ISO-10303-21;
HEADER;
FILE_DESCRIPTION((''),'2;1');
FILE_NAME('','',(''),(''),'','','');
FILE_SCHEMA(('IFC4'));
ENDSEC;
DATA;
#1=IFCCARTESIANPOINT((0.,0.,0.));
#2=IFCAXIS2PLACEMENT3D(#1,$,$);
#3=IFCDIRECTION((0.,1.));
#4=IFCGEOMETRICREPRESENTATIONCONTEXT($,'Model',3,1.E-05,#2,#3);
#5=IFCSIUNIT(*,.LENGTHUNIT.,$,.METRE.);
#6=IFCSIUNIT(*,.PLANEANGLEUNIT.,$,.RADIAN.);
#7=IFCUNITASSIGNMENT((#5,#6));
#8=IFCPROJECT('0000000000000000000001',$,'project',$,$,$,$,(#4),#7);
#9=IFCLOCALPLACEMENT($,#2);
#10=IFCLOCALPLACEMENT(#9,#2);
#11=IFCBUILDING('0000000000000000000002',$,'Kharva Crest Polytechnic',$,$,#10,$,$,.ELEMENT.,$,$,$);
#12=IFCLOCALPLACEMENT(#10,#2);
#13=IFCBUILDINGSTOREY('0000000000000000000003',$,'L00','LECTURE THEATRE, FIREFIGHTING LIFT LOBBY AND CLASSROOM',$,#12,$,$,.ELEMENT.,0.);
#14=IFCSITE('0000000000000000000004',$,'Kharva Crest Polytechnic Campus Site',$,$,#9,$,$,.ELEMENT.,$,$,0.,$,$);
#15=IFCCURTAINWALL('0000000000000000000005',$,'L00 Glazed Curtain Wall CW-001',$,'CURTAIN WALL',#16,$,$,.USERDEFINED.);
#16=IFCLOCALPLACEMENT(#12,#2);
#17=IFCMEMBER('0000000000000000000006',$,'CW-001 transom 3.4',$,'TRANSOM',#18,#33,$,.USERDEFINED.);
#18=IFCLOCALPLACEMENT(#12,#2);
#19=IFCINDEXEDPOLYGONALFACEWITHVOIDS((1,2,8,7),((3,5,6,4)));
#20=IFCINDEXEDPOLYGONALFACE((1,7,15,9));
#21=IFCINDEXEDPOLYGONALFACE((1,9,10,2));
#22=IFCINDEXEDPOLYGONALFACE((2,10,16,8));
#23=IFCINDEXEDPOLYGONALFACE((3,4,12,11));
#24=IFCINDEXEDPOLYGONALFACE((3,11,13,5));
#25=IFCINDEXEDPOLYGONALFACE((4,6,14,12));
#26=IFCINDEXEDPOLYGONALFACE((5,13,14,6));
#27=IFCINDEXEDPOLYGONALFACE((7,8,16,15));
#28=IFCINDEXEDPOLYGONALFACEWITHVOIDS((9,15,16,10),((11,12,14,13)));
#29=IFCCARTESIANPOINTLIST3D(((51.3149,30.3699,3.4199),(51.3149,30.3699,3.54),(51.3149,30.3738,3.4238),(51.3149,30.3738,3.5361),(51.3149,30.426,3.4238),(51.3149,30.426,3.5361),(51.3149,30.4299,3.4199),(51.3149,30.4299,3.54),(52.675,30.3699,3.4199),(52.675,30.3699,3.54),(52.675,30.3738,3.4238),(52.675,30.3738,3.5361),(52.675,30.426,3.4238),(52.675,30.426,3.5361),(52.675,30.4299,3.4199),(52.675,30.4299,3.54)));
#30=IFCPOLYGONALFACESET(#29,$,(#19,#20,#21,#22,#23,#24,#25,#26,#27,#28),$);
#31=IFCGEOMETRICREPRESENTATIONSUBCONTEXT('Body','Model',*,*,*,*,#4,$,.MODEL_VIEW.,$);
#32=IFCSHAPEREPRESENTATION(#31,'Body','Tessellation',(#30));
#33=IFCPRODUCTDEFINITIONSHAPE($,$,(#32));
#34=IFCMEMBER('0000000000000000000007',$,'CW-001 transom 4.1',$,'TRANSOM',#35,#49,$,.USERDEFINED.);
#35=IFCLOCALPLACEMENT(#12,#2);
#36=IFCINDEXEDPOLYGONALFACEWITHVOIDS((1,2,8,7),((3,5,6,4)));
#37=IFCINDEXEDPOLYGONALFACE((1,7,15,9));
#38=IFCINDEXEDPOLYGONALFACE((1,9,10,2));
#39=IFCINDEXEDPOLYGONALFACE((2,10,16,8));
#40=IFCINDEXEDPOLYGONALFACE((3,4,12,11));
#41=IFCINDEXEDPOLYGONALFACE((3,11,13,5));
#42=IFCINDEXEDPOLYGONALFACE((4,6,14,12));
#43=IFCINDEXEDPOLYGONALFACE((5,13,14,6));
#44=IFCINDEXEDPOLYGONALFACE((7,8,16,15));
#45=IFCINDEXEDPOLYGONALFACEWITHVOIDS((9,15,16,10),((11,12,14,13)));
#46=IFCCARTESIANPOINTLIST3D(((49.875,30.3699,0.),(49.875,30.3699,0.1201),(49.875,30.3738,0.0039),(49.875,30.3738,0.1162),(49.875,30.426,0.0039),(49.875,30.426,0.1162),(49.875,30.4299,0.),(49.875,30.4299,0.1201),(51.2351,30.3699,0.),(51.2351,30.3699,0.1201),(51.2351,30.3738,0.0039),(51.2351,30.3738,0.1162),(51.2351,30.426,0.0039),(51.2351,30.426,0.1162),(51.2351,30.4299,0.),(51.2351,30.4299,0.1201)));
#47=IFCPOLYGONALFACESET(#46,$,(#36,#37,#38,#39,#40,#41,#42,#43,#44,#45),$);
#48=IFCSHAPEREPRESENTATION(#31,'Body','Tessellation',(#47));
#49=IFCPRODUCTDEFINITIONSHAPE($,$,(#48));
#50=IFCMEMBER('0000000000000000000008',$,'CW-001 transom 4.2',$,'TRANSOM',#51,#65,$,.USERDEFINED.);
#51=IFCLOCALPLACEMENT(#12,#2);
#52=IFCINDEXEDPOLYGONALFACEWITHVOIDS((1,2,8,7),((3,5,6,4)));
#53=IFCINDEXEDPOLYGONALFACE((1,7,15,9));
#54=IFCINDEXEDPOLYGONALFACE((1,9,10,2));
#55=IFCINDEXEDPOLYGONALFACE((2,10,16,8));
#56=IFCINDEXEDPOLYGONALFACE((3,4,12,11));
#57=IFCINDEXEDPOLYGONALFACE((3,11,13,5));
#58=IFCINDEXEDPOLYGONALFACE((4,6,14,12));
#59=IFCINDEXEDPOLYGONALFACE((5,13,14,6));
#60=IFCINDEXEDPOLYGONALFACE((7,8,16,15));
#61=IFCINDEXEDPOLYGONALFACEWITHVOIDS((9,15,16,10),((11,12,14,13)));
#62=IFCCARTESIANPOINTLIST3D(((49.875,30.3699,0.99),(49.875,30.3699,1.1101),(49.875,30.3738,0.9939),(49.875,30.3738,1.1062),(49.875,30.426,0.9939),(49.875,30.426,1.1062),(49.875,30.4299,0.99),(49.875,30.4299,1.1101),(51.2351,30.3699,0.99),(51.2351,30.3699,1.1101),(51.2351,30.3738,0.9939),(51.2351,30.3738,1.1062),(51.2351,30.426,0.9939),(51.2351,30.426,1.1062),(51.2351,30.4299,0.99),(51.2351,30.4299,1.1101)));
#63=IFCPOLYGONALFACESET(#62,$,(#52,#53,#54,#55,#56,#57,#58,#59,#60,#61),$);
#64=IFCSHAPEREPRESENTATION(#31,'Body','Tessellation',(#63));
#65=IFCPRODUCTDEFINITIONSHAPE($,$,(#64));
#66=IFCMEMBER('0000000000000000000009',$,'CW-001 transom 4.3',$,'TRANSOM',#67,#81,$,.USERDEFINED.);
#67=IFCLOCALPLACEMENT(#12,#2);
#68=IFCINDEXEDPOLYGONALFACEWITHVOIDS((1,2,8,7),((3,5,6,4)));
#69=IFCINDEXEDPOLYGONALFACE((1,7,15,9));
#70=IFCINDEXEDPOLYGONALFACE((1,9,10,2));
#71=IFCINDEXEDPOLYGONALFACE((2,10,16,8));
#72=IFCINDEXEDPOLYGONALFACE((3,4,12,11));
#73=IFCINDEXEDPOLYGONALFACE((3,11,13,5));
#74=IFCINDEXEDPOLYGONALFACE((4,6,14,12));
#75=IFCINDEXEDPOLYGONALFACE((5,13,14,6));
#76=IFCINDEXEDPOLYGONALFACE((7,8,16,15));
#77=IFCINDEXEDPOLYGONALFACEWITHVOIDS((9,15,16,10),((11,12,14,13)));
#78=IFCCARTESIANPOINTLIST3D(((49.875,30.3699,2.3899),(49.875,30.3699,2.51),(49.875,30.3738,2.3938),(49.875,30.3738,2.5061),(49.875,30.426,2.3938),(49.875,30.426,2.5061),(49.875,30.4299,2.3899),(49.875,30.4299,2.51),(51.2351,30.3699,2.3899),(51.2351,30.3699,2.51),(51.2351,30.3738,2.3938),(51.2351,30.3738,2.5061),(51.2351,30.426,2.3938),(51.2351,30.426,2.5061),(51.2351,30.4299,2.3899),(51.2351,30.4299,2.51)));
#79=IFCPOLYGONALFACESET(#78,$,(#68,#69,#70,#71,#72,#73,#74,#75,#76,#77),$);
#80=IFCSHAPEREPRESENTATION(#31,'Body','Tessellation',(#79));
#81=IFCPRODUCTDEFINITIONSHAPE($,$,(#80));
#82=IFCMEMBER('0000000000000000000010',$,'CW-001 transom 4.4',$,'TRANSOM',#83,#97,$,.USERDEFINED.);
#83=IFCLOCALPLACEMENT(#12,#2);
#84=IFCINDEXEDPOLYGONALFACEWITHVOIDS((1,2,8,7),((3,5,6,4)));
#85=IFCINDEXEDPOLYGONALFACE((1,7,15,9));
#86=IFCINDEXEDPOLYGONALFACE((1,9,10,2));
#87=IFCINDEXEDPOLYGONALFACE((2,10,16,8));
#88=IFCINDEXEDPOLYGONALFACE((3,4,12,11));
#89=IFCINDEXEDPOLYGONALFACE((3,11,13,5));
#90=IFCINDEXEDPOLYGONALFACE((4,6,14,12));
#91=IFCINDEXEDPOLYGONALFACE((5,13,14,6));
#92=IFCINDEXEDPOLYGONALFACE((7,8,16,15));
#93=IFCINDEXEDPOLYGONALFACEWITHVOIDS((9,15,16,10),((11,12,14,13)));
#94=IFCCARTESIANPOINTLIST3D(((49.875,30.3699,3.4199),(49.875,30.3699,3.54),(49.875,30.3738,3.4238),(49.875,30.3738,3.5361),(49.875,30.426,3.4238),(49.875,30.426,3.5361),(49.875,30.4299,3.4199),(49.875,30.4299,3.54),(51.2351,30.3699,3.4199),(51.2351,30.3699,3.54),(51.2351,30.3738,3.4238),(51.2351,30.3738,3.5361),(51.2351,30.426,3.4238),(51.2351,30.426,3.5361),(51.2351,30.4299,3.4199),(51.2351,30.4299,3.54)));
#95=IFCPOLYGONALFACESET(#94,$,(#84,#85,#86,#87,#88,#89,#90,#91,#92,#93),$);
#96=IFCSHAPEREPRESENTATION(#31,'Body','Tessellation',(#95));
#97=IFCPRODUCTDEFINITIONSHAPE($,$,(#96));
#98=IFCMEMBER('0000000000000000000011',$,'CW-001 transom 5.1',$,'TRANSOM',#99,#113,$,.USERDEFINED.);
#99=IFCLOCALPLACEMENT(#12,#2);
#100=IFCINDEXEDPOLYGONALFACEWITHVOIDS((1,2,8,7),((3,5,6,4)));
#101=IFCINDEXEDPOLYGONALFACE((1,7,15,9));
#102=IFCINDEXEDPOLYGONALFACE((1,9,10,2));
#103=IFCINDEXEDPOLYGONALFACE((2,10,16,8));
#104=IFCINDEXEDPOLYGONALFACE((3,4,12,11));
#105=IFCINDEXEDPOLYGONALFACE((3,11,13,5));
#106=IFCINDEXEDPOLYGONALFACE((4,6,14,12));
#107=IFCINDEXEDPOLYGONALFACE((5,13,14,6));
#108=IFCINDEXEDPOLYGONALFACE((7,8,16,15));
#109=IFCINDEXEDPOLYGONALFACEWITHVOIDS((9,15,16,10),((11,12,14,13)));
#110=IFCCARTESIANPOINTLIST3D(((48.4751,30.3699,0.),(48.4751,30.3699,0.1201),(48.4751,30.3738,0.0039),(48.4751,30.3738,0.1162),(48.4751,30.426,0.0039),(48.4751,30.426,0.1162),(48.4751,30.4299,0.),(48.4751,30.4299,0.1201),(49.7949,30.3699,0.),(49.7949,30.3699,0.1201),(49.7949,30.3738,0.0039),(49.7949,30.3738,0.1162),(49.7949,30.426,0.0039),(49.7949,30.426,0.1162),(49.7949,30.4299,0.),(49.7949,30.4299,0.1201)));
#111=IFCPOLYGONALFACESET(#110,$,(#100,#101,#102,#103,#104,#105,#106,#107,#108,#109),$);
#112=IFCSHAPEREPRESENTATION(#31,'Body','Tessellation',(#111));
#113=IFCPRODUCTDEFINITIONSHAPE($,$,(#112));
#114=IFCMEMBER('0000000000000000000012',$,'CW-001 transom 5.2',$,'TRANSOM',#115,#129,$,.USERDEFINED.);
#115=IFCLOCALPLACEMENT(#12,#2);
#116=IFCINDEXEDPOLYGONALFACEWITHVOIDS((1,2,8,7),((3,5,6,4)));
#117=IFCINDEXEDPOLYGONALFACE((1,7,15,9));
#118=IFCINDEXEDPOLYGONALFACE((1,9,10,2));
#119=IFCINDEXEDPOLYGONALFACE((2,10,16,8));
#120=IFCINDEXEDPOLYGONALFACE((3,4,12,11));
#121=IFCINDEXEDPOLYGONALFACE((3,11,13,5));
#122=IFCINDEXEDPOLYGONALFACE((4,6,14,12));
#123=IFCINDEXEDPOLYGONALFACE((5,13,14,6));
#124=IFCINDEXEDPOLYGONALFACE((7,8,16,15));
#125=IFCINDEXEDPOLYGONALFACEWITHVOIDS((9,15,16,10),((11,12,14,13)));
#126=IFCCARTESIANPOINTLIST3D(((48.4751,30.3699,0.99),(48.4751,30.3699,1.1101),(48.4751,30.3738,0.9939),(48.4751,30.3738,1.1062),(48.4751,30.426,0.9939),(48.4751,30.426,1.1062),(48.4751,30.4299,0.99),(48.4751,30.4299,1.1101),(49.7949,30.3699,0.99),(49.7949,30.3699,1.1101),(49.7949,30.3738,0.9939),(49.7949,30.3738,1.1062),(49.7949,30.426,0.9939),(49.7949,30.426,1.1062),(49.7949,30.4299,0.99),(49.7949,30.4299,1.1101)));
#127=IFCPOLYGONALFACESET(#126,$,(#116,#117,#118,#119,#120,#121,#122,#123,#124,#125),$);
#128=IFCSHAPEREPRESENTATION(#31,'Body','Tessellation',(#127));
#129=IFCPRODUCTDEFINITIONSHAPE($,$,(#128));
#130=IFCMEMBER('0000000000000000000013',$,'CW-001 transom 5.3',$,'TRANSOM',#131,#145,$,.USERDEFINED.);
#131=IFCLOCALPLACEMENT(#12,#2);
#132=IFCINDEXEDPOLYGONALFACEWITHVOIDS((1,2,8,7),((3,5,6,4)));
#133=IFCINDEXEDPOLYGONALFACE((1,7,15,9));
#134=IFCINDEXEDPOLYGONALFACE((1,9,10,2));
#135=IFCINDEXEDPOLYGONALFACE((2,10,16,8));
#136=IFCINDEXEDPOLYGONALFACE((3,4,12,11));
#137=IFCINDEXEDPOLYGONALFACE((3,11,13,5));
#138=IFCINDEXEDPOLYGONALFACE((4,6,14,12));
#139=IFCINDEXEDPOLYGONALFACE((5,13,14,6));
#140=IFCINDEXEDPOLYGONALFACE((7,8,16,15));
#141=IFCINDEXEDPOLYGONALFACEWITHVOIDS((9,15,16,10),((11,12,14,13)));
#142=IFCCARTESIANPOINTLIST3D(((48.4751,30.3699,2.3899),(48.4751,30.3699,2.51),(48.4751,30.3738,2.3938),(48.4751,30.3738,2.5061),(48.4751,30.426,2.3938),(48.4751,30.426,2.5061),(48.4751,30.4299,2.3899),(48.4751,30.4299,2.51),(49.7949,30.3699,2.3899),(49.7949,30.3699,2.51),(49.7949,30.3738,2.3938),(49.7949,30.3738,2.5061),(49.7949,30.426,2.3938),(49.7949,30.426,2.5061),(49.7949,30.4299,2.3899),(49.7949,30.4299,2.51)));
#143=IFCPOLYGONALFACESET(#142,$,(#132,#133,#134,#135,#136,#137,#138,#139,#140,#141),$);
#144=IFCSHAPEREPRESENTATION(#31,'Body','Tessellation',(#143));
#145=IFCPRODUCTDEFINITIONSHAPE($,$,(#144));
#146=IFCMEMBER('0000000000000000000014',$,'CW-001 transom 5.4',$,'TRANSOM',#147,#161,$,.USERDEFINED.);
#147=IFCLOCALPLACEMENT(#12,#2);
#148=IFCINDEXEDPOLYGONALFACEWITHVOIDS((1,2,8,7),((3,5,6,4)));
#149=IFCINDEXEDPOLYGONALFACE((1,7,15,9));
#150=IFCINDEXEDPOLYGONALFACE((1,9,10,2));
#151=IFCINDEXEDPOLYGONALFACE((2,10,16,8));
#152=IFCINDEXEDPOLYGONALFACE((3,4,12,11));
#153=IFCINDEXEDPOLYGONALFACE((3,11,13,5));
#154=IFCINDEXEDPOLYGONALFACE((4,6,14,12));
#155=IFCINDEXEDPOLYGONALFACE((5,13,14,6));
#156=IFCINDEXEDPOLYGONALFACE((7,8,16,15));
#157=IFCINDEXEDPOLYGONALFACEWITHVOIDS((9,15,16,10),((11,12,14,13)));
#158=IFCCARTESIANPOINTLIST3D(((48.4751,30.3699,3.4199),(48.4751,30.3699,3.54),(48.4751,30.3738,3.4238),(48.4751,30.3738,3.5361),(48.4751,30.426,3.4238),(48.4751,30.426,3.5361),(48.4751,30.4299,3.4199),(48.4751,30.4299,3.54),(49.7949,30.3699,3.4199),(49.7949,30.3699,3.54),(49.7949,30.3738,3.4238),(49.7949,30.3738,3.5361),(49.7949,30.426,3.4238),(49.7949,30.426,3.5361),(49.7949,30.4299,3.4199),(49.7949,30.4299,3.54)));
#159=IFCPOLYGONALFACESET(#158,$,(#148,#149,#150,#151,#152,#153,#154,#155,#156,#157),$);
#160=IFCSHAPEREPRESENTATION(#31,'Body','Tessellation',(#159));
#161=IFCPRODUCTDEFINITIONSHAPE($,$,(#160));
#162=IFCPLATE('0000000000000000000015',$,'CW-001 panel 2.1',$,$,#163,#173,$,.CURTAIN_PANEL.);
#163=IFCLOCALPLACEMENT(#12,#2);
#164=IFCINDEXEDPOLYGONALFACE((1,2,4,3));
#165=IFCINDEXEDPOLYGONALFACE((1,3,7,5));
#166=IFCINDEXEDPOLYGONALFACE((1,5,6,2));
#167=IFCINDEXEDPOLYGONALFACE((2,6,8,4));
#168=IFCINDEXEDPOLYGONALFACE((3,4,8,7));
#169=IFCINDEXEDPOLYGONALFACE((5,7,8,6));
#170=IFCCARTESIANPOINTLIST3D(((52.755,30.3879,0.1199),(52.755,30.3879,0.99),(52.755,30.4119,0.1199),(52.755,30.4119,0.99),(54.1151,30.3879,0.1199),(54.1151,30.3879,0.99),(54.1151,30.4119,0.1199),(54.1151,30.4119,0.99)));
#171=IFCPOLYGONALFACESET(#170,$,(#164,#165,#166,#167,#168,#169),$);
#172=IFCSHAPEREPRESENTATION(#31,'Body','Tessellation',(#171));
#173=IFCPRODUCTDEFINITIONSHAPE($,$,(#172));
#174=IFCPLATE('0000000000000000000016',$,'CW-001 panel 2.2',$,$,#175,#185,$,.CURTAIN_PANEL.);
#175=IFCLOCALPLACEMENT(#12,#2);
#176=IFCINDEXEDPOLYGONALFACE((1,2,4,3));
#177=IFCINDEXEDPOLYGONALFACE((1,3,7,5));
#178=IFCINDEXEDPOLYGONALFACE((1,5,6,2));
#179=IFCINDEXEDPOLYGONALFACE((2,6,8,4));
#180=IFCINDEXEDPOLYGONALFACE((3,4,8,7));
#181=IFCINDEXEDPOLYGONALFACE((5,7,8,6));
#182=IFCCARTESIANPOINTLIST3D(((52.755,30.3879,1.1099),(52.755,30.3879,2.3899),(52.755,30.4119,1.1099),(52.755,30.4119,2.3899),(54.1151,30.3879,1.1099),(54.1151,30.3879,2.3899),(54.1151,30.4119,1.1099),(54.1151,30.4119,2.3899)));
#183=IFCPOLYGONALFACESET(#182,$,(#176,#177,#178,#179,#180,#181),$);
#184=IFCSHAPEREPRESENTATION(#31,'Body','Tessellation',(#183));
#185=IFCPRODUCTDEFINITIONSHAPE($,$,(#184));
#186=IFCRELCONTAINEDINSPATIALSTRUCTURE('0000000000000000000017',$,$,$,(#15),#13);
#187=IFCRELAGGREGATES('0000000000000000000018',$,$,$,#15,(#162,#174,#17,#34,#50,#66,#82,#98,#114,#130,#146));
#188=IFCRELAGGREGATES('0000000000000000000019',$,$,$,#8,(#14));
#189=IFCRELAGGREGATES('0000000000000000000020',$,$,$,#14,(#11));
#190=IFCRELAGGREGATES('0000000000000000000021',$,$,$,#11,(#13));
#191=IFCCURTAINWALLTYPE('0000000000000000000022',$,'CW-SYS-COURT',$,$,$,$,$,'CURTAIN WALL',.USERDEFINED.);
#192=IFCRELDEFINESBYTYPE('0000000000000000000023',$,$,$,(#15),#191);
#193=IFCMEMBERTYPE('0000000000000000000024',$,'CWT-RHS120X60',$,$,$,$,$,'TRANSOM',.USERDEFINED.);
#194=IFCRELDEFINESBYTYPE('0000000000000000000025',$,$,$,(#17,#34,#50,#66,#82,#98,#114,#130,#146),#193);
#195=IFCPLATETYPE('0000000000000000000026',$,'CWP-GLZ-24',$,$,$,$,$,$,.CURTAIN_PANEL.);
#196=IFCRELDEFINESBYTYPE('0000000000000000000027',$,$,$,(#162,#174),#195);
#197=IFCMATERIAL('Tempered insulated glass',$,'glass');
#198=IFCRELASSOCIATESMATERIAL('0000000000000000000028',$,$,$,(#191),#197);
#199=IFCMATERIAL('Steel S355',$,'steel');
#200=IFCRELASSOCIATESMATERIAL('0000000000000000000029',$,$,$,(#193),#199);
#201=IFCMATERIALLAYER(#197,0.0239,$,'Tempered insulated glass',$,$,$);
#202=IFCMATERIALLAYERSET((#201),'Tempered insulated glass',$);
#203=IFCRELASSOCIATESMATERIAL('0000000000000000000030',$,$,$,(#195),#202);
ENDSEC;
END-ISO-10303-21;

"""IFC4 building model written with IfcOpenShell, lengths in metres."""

from ifc_helpers import new_model, si_unit, direction, frame, origin, origin_2d, place, context, subcontext, project, spatial, rectangle, hollow_rectangle, extrude, material, layer, layer_set, material_profile, profile_set, type_object, element, aggregate, save


model = new_model("IFC4")

# Units and contexts
model_context = context("Model", 3, precision=1e-05, world=origin(), true_north=direction((0.0, 1.0)))
body_context = subcontext(model_context, "Body", "Model", "MODEL_VIEW")
ifc_project = project(units=[si_unit("LENGTHUNIT", "METRE"), si_unit("PLANEANGLEUNIT", "RADIAN")], contexts=[model_context])

# Site, building, storey
site_placement = place(None, origin())
site = spatial("IfcSite", under=ifc_project, at=site_placement, Name="Kharva Crest Polytechnic Campus Site", CompositionType="ELEMENT", RefElevation=0.0)
building_placement = place(site_placement, origin())
building = spatial("IfcBuilding", under=site, at=building_placement, Name="Kharva Crest Polytechnic", CompositionType="ELEMENT")
storey_placement = place(building_placement, origin())
storey = spatial("IfcBuildingStorey", under=building, at=storey_placement, Name="L00", Description="LECTURE THEATRE, FIREFIGHTING LIFT LOBBY AND CLASSROOM", CompositionType="ELEMENT", Elevation=0.0)

# Curtain wall, members, plates
ifc_material_1 = material(Name="Tempered insulated glass", Category="glass")
curtain_wall_type = type_object("IfcCurtainWallType", Name="CW-SYS-COURT", ElementType="CURTAIN WALL", PredefinedType="USERDEFINED", material=ifc_material_1)
curtain_wall_placement = place(storey_placement, origin())
curtain_wall = element("IfcCurtainWall", 1, at=curtain_wall_placement, inside=storey, type_object=curtain_wall_type, Name="L00 Glazed Curtain Wall CW-001", ObjectType="CURTAIN WALL", PredefinedType="USERDEFINED")
ifc_material_2 = material(Name="Steel S355", Category="steel")
ifc_material_profile_1 = material_profile(ifc_material_2, hollow_rectangle(XDim=0.0601, YDim=0.1201, WallThickness=0.0039, at=origin_2d()), Name="RHS 120X60X4.0")
ifc_profile_set_1 = profile_set([ifc_material_profile_1], Name="Steel S355")
member_type_1 = type_object("IfcMemberType", Name="CWT-RHS120X60", ElementType="TRANSOM", PredefinedType="USERDEFINED", material=ifc_profile_set_1)
member_1_placement = place(storey_placement, frame((52.675, 30.3999, 3.48), z_axis=(-1.0, 0.0, 0.0), x_axis=(0.0, -1.0, 0.0)))
member_1 = element("IfcMember", 2, at=member_1_placement, type_object=member_type_1, Name="CW-001 transom 3.4", ObjectType="TRANSOM", PredefinedType="USERDEFINED", context=body_context, shape_type="SweptSolid", body=[
    extrude(hollow_rectangle(XDim=0.0601, YDim=0.1201, WallThickness=0.0039, at=origin_2d()), origin(), (0.0, 0.0, 1.0), 1.3601),
])
member_2_placement = place(storey_placement, frame((51.2351, 30.3999, 0.0601), z_axis=(-1.0, 0.0, 0.0), x_axis=(0.0, -1.0, 0.0)))
member_2 = element("IfcMember", 3, at=member_2_placement, type_object=member_type_1, Name="CW-001 transom 4.1", ObjectType="TRANSOM", PredefinedType="USERDEFINED", context=body_context, shape_type="SweptSolid", body=[
    extrude(hollow_rectangle(XDim=0.0601, YDim=0.1201, WallThickness=0.0039, at=origin_2d()), origin(), (0.0, 0.0, 1.0), 1.3601),
])
member_3_placement = place(storey_placement, frame((51.2351, 30.3999, 1.05), z_axis=(-1.0, 0.0, 0.0), x_axis=(0.0, -1.0, 0.0)))
member_3 = element("IfcMember", 4, at=member_3_placement, type_object=member_type_1, Name="CW-001 transom 4.2", ObjectType="TRANSOM", PredefinedType="USERDEFINED", context=body_context, shape_type="SweptSolid", body=[
    extrude(hollow_rectangle(XDim=0.0601, YDim=0.1201, WallThickness=0.0039, at=origin_2d()), origin(), (0.0, 0.0, 1.0), 1.3601),
])
member_4_placement = place(storey_placement, frame((51.2351, 30.3999, 2.45), z_axis=(-1.0, 0.0, 0.0), x_axis=(0.0, -1.0, 0.0)))
member_4 = element("IfcMember", 5, at=member_4_placement, type_object=member_type_1, Name="CW-001 transom 4.3", ObjectType="TRANSOM", PredefinedType="USERDEFINED", context=body_context, shape_type="SweptSolid", body=[
    extrude(hollow_rectangle(XDim=0.0601, YDim=0.1201, WallThickness=0.0039, at=origin_2d()), origin(), (0.0, 0.0, 1.0), 1.3601),
])
member_5_placement = place(storey_placement, frame((51.2351, 30.3999, 3.48), z_axis=(-1.0, 0.0, 0.0), x_axis=(0.0, -1.0, 0.0)))
member_5 = element("IfcMember", 6, at=member_5_placement, type_object=member_type_1, Name="CW-001 transom 4.4", ObjectType="TRANSOM", PredefinedType="USERDEFINED", context=body_context, shape_type="SweptSolid", body=[
    extrude(hollow_rectangle(XDim=0.0601, YDim=0.1201, WallThickness=0.0039, at=origin_2d()), origin(), (0.0, 0.0, 1.0), 1.3601),
])
member_6_placement = place(storey_placement, frame((49.7949, 30.3999, 0.0601), z_axis=(-1.0, 0.0, 0.0), x_axis=(0.0, -1.0, 0.0)))
member_6 = element("IfcMember", 7, at=member_6_placement, type_object=member_type_1, Name="CW-001 transom 5.1", ObjectType="TRANSOM", PredefinedType="USERDEFINED", context=body_context, shape_type="SweptSolid", body=[
    extrude(hollow_rectangle(XDim=0.0601, YDim=0.1201, WallThickness=0.0039, at=origin_2d()), origin(), (0.0, 0.0, 1.0), 1.3198),
])
member_7_placement = place(storey_placement, frame((49.7949, 30.3999, 1.05), z_axis=(-1.0, 0.0, 0.0), x_axis=(0.0, -1.0, 0.0)))
member_7 = element("IfcMember", 8, at=member_7_placement, type_object=member_type_1, Name="CW-001 transom 5.2", ObjectType="TRANSOM", PredefinedType="USERDEFINED", context=body_context, shape_type="SweptSolid", body=[
    extrude(hollow_rectangle(XDim=0.0601, YDim=0.1201, WallThickness=0.0039, at=origin_2d()), origin(), (0.0, 0.0, 1.0), 1.3198),
])
member_8_placement = place(storey_placement, frame((49.7949, 30.3999, 2.45), z_axis=(-1.0, 0.0, 0.0), x_axis=(0.0, -1.0, 0.0)))
member_8 = element("IfcMember", 9, at=member_8_placement, type_object=member_type_1, Name="CW-001 transom 5.3", ObjectType="TRANSOM", PredefinedType="USERDEFINED", context=body_context, shape_type="SweptSolid", body=[
    extrude(hollow_rectangle(XDim=0.0601, YDim=0.1201, WallThickness=0.0039, at=origin_2d()), origin(), (0.0, 0.0, 1.0), 1.3198),
])
member_9_placement = place(storey_placement, frame((49.7949, 30.3999, 3.48), z_axis=(-1.0, 0.0, 0.0), x_axis=(0.0, -1.0, 0.0)))
member_9 = element("IfcMember", 10, at=member_9_placement, type_object=member_type_1, Name="CW-001 transom 5.4", ObjectType="TRANSOM", PredefinedType="USERDEFINED", context=body_context, shape_type="SweptSolid", body=[
    extrude(hollow_rectangle(XDim=0.0601, YDim=0.1201, WallThickness=0.0039, at=origin_2d()), origin(), (0.0, 0.0, 1.0), 1.3198),
])
ifc_layer = layer(ifc_material_1, 0.0239, Name="Tempered insulated glass")
ifc_layer_set = layer_set([ifc_layer], Name="Tempered insulated glass")
plate_type = type_object("IfcPlateType", Name="CWP-GLZ-24", PredefinedType="CURTAIN_PANEL", material=ifc_layer_set)
plate_1_placement = place(storey_placement, frame((53.4351, 30.3999, 0.1199), z_axis=(0.0, 0.0, 1.0), x_axis=(-1.0, 0.0, 0.0)))
plate_1 = element("IfcPlate", 11, at=plate_1_placement, type_object=plate_type, Name="CW-001 panel 2.1", PredefinedType="CURTAIN_PANEL", context=body_context, shape_type="SweptSolid", body=[
    extrude(rectangle(XDim=1.3601, YDim=0.0239, at=origin_2d()), origin(), (0.0, 0.0, 1.0), 0.8701),
])
plate_2_placement = place(storey_placement, frame((53.4351, 30.3999, 1.1099), z_axis=(0.0, 0.0, 1.0), x_axis=(-1.0, 0.0, 0.0)))
plate_2 = element("IfcPlate", 12, at=plate_2_placement, type_object=plate_type, Name="CW-001 panel 2.2", PredefinedType="CURTAIN_PANEL", context=body_context, shape_type="SweptSolid", body=[
    extrude(rectangle(XDim=1.3601, YDim=0.0239, at=origin_2d()), origin(), (0.0, 0.0, 1.0), 1.28),
])
aggregate(curtain_wall, [plate_1, plate_2, member_1, member_2, member_3, member_4, member_5, member_6, member_7, member_8, member_9])

save(model, "model.ifc")
